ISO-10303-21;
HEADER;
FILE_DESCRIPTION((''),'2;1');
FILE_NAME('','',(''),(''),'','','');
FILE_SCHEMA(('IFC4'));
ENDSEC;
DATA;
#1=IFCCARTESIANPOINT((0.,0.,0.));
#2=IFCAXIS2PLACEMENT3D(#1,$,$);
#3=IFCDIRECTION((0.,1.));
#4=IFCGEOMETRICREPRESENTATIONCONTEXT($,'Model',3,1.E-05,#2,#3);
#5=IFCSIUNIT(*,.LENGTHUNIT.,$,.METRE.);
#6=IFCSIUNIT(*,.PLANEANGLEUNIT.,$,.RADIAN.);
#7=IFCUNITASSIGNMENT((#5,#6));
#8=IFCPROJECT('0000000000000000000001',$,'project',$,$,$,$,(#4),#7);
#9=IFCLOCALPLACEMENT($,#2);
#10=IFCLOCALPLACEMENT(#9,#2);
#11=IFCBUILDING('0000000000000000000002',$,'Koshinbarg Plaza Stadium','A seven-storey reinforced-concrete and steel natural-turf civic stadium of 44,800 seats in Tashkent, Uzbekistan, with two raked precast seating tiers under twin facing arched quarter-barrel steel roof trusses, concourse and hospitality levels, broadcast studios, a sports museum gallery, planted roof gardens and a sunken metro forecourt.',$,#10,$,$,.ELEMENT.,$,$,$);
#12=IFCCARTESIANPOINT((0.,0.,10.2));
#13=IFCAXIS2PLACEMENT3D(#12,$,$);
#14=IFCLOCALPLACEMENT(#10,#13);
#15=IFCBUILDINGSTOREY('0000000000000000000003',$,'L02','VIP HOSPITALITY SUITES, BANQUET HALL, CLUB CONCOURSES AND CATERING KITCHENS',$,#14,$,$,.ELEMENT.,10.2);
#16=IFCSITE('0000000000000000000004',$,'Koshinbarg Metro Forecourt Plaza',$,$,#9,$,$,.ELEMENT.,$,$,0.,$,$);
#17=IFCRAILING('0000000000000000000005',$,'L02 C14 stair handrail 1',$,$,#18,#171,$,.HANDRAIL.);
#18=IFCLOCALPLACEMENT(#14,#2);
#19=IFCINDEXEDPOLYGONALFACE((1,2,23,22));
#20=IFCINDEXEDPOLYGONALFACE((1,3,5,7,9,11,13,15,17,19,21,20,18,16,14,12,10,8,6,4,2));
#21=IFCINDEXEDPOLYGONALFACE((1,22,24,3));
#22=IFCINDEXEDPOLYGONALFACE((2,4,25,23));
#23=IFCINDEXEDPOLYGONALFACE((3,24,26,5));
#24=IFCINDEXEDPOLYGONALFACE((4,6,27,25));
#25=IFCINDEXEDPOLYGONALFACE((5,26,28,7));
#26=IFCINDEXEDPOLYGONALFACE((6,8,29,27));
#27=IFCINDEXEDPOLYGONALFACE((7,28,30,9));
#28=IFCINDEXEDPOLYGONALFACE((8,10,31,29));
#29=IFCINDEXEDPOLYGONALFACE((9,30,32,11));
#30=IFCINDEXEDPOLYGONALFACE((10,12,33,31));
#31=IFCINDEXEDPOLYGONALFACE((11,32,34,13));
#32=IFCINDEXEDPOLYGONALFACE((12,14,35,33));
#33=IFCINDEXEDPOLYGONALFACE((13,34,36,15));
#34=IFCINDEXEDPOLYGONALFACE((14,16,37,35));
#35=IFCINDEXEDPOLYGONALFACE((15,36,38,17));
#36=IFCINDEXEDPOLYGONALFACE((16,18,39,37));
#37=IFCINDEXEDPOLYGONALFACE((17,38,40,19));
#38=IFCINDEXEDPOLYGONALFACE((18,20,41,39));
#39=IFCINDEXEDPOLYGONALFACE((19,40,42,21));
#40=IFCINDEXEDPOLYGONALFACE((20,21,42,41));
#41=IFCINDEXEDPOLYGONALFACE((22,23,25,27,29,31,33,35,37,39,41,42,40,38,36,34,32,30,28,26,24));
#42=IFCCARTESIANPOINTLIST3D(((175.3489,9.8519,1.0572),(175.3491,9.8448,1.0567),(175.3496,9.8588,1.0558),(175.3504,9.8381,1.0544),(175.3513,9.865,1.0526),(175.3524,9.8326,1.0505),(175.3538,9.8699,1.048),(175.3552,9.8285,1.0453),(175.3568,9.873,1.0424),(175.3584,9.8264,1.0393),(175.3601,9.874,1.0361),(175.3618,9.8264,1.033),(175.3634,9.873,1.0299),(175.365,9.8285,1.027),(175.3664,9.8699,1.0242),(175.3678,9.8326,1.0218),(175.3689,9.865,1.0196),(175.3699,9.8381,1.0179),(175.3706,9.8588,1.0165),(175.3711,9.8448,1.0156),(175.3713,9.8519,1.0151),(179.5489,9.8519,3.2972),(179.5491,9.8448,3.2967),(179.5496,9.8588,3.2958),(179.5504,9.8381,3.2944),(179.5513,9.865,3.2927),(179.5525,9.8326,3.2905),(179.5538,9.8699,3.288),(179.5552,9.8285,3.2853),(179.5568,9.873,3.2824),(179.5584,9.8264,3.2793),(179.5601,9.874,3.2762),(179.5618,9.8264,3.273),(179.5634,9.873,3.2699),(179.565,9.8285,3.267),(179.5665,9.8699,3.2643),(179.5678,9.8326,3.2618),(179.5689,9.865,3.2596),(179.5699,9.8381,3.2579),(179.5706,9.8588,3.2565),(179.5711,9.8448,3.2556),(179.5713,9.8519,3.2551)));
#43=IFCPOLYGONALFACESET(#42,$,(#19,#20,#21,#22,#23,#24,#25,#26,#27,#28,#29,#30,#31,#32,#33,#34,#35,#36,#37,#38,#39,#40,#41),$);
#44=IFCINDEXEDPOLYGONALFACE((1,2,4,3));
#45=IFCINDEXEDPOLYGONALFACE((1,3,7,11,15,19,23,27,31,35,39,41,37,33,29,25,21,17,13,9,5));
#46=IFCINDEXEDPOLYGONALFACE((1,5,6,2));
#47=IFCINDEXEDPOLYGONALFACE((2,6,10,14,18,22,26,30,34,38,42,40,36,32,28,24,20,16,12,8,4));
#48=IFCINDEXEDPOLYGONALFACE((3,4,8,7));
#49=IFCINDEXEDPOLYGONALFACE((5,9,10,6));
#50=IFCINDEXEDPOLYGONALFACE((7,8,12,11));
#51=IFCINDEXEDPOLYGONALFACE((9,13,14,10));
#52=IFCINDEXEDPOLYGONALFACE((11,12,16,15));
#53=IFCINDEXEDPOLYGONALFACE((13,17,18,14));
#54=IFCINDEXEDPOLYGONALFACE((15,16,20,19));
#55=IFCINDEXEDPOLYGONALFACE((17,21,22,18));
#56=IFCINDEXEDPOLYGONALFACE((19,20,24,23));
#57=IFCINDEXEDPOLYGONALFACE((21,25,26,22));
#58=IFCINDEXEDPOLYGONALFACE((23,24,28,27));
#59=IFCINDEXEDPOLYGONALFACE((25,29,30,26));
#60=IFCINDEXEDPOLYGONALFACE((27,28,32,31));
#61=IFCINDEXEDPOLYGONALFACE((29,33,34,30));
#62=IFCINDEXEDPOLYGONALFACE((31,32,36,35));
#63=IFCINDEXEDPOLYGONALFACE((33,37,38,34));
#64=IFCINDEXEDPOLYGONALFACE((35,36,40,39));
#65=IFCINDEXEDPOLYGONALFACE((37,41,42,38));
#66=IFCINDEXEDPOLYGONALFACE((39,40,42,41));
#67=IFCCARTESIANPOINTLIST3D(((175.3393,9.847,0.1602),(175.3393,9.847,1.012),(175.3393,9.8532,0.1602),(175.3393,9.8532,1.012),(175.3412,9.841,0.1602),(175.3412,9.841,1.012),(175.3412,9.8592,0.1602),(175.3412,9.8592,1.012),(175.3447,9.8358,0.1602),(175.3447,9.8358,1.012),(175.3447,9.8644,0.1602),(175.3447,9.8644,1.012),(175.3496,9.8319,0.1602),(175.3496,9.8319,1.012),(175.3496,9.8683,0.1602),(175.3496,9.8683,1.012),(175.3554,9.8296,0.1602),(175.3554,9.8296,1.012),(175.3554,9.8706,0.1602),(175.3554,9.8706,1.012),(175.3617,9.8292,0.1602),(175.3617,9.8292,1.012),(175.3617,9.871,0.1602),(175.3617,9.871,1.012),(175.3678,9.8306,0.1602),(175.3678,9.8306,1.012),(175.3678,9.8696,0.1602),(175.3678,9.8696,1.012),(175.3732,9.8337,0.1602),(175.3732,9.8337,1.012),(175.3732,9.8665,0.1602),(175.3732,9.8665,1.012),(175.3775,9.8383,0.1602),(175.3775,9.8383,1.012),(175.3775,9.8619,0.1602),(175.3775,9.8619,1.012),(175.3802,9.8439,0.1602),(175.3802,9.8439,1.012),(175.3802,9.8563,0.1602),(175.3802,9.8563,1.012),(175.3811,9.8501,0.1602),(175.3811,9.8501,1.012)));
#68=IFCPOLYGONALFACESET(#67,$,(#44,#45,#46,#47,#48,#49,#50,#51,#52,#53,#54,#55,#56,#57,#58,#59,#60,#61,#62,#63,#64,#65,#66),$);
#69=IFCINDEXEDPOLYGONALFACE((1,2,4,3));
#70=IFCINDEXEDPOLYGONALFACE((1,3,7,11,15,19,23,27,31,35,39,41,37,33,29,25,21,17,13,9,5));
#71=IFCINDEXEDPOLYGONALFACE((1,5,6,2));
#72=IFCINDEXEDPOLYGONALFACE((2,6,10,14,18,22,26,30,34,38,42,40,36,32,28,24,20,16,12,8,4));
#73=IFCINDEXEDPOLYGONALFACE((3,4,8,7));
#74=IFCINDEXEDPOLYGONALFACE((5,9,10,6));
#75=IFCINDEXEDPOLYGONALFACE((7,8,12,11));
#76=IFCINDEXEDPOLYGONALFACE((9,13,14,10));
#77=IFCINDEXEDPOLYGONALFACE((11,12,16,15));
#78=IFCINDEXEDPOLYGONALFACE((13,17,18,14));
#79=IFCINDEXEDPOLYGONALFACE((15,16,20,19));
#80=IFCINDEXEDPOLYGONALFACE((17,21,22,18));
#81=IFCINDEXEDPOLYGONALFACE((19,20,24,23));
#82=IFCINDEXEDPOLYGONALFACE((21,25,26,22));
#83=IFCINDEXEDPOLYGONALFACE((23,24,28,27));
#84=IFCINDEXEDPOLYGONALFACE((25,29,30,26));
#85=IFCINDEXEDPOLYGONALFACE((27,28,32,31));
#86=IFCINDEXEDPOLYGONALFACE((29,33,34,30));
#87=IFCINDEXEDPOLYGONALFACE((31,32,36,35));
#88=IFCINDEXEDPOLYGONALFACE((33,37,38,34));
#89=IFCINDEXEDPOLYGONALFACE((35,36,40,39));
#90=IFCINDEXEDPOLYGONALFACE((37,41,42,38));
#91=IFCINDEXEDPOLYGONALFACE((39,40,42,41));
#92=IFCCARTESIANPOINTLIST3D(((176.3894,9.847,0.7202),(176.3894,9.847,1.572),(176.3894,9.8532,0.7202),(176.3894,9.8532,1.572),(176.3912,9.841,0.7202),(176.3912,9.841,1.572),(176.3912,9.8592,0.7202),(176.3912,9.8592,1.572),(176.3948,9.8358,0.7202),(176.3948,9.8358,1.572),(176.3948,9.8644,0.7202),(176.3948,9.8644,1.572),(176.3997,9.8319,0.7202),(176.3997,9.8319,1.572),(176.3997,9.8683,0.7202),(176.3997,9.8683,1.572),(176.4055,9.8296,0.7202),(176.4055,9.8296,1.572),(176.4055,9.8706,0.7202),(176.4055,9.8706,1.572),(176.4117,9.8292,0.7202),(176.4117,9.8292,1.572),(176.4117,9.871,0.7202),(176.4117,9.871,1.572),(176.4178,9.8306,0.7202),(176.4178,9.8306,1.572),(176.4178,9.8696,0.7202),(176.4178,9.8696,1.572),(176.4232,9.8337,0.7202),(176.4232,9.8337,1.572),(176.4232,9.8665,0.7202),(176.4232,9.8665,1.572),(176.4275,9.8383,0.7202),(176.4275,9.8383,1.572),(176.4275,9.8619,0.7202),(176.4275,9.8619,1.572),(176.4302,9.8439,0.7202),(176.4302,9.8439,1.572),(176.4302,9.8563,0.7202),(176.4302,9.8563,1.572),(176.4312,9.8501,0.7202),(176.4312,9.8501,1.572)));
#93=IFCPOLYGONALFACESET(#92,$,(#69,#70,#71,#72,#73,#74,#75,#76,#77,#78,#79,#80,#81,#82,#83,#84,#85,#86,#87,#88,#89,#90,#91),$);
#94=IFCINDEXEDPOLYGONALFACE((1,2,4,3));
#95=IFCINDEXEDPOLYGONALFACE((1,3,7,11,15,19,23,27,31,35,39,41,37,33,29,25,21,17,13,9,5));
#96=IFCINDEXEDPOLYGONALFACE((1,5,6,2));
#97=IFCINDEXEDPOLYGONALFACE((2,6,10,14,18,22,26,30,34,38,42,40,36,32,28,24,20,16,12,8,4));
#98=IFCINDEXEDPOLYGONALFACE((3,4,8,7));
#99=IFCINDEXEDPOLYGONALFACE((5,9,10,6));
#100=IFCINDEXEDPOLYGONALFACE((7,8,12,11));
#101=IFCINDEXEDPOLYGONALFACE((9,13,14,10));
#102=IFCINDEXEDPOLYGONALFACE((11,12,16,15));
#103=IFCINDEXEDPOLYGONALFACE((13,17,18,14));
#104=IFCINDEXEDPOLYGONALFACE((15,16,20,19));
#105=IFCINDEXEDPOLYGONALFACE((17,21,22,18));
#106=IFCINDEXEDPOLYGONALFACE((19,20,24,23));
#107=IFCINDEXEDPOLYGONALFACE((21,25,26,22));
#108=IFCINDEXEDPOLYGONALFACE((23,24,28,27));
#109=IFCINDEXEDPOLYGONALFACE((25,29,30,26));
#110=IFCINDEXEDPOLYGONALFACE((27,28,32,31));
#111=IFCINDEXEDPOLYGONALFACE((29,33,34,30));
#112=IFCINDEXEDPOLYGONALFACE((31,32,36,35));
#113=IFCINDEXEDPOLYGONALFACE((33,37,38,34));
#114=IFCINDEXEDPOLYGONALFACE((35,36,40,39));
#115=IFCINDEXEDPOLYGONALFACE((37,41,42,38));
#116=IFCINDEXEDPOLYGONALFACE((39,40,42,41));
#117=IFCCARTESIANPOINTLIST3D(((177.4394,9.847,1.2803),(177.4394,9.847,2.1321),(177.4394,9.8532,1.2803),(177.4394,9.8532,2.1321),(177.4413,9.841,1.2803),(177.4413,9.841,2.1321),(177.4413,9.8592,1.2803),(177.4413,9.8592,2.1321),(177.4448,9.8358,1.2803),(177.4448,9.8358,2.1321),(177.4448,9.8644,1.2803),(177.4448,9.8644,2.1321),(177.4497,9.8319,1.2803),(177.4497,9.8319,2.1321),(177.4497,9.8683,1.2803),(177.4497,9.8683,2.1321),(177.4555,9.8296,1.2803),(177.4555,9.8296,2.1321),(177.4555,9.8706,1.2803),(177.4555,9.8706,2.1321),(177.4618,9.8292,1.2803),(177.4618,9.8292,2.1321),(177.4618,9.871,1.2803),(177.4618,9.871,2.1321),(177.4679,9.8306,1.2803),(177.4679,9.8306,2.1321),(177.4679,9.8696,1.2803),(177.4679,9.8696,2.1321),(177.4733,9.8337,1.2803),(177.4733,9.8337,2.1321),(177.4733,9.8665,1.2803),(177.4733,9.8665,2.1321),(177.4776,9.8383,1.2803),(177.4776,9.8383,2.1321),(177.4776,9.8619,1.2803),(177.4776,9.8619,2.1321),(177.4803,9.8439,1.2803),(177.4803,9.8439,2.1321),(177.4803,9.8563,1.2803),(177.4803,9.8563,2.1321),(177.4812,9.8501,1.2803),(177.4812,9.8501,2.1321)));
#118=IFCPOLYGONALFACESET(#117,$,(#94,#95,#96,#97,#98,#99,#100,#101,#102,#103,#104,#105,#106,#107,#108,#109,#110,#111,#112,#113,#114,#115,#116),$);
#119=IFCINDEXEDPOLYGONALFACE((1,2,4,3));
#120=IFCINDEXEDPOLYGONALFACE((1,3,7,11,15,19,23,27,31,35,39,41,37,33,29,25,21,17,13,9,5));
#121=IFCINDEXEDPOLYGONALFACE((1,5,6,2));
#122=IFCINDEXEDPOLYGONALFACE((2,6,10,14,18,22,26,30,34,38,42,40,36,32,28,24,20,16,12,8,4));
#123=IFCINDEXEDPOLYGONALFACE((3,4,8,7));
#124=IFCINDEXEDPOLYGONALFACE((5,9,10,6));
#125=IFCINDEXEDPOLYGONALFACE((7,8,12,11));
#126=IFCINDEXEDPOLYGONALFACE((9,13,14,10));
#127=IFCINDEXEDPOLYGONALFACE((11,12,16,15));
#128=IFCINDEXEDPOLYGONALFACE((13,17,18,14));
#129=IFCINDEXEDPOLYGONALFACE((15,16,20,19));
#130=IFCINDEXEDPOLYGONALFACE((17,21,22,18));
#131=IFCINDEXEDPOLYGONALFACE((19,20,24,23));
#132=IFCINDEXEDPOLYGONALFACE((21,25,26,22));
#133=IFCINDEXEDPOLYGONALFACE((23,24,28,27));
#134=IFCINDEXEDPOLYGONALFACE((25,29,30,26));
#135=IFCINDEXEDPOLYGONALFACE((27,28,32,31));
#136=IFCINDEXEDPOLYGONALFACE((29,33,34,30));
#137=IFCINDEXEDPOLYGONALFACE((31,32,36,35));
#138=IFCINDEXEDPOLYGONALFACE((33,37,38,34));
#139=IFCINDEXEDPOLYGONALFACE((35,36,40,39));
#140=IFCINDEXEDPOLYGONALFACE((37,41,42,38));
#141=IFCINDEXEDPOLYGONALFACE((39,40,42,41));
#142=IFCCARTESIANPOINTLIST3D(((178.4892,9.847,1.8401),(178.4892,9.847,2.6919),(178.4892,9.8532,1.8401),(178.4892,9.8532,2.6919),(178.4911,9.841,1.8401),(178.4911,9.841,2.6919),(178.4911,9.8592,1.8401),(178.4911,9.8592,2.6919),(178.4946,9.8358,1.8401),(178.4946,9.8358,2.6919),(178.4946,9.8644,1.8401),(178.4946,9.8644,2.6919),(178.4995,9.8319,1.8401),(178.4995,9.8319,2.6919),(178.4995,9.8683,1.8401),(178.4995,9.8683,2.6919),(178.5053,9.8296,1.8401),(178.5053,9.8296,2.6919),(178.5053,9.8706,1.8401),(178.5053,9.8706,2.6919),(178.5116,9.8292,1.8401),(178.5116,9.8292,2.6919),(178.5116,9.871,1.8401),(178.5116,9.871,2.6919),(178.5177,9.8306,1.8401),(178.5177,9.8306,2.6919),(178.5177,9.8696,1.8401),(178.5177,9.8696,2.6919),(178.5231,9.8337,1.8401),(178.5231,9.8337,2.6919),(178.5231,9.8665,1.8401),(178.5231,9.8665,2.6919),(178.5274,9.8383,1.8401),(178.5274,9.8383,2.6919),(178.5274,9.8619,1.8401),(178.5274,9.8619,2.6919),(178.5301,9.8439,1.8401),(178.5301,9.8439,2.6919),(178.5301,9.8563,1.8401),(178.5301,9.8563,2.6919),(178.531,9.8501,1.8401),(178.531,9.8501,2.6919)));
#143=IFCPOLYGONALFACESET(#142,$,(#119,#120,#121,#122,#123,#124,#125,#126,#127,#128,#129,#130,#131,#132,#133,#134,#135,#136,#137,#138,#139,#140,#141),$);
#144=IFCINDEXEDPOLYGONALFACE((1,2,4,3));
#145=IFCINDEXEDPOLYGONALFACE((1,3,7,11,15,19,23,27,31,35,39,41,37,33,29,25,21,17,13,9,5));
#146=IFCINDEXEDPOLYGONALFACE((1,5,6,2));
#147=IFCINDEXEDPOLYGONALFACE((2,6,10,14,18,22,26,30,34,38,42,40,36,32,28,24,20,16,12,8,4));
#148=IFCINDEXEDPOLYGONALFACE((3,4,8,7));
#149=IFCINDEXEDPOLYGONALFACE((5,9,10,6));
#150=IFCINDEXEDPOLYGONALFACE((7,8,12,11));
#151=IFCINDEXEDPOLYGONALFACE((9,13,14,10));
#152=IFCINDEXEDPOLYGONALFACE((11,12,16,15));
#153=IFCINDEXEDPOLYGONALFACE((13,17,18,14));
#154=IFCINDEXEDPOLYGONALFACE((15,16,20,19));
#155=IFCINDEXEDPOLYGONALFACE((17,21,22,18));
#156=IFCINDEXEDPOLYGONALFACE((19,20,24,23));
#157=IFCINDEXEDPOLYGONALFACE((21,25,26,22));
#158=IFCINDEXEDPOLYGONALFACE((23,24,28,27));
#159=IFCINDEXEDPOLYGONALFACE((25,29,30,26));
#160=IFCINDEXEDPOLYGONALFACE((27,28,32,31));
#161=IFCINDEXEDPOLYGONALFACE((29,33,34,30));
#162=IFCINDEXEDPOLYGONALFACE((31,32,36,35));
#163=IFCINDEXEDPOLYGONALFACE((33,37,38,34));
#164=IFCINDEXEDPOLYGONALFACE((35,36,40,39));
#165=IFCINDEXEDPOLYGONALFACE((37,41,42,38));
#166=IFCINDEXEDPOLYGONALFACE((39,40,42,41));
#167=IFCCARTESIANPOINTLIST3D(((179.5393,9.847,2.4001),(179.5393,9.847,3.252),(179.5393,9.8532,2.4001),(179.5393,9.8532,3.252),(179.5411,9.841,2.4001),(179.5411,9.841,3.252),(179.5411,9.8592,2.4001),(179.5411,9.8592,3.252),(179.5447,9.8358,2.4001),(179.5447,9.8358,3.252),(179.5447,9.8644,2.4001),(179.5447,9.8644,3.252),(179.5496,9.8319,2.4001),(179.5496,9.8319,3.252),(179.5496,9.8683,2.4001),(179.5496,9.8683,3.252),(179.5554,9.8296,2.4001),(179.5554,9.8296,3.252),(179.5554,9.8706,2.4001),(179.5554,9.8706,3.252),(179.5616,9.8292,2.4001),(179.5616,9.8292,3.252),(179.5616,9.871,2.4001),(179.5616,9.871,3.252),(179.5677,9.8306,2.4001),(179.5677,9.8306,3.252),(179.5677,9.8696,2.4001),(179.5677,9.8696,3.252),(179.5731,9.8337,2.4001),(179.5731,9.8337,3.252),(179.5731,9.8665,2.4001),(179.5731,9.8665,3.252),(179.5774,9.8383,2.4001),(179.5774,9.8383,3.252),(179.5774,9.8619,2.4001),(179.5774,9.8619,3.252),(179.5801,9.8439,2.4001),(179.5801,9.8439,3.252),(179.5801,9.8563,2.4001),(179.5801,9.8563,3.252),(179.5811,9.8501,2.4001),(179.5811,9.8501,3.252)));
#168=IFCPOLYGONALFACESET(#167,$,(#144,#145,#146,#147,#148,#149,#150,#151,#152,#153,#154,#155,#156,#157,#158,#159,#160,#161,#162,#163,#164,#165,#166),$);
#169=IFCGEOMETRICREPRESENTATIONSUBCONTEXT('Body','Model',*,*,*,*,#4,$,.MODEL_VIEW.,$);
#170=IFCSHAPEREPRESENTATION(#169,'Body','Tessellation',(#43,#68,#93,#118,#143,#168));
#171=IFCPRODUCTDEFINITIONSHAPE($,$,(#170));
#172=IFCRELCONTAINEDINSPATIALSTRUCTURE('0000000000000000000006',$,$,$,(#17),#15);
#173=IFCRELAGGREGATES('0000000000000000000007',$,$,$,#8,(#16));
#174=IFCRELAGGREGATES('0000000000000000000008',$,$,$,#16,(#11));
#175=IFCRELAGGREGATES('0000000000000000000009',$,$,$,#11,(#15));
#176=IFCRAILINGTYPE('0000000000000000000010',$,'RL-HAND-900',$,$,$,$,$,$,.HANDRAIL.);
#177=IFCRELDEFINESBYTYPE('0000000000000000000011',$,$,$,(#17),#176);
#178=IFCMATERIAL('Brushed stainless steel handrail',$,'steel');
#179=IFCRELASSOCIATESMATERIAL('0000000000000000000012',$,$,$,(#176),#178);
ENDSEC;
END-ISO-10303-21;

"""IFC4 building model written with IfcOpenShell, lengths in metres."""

from ifc_helpers import new_model, si_unit, direction, frame, origin, origin_2d, place, context, subcontext, project, spatial, circle, extrude, material, type_object, element, save


model = new_model("IFC4")

# Units and contexts
model_context = context("Model", 3, precision=1e-05, world=origin(), true_north=direction((0.0, 1.0)))
body_context = subcontext(model_context, "Body", "Model", "MODEL_VIEW")
ifc_project = project(units=[si_unit("LENGTHUNIT", "METRE"), si_unit("PLANEANGLEUNIT", "RADIAN")], contexts=[model_context])

# Site, building, storey
site_placement = place(None, origin())
site = spatial("IfcSite", under=ifc_project, at=site_placement, Name="Koshinbarg Metro Forecourt Plaza", CompositionType="ELEMENT", RefElevation=0.0)
building_placement = place(site_placement, origin())
building = spatial("IfcBuilding", under=site, at=building_placement, Name="Koshinbarg Plaza Stadium", Description="A seven-storey reinforced-concrete and steel natural-turf civic stadium of 44,800 seats in Tashkent, Uzbekistan, with two raked precast seating tiers under twin facing arched quarter-barrel steel roof trusses, concourse and hospitality levels, broadcast studios, a sports museum gallery, planted roof gardens and a sunken metro forecourt.", CompositionType="ELEMENT")
storey_placement = place(building_placement, frame((0.0, 0.0, 10.2)))
storey = spatial("IfcBuildingStorey", under=building, at=storey_placement, Name="L02", Description="VIP HOSPITALITY SUITES, BANQUET HALL, CLUB CONCOURSES AND CATERING KITCHENS", CompositionType="ELEMENT", Elevation=10.2)

# Railing
ifc_material_1 = material(Name="Brushed stainless steel handrail", Category="steel")
railing_type_1 = type_object("IfcRailingType", Name="RL-HAND-900", PredefinedType="HANDRAIL", material=ifc_material_1)
railing_1_placement = place(storey_placement, frame((175.3601, 9.8501, 0.1602)))
element("IfcRailing", 1, at=railing_1_placement, inside=storey, type_object=railing_type_1, Name="L02 C14 stair handrail 1", PredefinedType="HANDRAIL", context=body_context, shape_type="SweptSolid", body=[
    extrude(circle(Radius=0.0239, at=origin_2d()), frame((0.0, 0.0, 0.876), z_axis=(0.882352, 0.0, 0.470591), x_axis=(0.0, 1.0, 0.0)), (0.0, 0.0, 1.0), 4.76),
    extrude(circle(Radius=0.021, at=origin_2d()), origin(), (0.0, 0.0, 1.0), 0.8518),
    extrude(circle(Radius=0.021, at=origin_2d()), frame((1.05, 0.0, 0.5601)), (0.0, 0.0, 1.0), 0.8518),
    extrude(circle(Radius=0.021, at=origin_2d()), frame((2.1001, 0.0, 1.1201)), (0.0, 0.0, 1.0), 0.8518),
    extrude(circle(Radius=0.021, at=origin_2d()), frame((3.1499, 0.0, 1.6799)), (0.0, 0.0, 1.0), 0.8518),
    extrude(circle(Radius=0.021, at=origin_2d()), frame((4.2, 0.0, 2.24)), (0.0, 0.0, 1.0), 0.8518),
])

save(model, "model.ifc")
